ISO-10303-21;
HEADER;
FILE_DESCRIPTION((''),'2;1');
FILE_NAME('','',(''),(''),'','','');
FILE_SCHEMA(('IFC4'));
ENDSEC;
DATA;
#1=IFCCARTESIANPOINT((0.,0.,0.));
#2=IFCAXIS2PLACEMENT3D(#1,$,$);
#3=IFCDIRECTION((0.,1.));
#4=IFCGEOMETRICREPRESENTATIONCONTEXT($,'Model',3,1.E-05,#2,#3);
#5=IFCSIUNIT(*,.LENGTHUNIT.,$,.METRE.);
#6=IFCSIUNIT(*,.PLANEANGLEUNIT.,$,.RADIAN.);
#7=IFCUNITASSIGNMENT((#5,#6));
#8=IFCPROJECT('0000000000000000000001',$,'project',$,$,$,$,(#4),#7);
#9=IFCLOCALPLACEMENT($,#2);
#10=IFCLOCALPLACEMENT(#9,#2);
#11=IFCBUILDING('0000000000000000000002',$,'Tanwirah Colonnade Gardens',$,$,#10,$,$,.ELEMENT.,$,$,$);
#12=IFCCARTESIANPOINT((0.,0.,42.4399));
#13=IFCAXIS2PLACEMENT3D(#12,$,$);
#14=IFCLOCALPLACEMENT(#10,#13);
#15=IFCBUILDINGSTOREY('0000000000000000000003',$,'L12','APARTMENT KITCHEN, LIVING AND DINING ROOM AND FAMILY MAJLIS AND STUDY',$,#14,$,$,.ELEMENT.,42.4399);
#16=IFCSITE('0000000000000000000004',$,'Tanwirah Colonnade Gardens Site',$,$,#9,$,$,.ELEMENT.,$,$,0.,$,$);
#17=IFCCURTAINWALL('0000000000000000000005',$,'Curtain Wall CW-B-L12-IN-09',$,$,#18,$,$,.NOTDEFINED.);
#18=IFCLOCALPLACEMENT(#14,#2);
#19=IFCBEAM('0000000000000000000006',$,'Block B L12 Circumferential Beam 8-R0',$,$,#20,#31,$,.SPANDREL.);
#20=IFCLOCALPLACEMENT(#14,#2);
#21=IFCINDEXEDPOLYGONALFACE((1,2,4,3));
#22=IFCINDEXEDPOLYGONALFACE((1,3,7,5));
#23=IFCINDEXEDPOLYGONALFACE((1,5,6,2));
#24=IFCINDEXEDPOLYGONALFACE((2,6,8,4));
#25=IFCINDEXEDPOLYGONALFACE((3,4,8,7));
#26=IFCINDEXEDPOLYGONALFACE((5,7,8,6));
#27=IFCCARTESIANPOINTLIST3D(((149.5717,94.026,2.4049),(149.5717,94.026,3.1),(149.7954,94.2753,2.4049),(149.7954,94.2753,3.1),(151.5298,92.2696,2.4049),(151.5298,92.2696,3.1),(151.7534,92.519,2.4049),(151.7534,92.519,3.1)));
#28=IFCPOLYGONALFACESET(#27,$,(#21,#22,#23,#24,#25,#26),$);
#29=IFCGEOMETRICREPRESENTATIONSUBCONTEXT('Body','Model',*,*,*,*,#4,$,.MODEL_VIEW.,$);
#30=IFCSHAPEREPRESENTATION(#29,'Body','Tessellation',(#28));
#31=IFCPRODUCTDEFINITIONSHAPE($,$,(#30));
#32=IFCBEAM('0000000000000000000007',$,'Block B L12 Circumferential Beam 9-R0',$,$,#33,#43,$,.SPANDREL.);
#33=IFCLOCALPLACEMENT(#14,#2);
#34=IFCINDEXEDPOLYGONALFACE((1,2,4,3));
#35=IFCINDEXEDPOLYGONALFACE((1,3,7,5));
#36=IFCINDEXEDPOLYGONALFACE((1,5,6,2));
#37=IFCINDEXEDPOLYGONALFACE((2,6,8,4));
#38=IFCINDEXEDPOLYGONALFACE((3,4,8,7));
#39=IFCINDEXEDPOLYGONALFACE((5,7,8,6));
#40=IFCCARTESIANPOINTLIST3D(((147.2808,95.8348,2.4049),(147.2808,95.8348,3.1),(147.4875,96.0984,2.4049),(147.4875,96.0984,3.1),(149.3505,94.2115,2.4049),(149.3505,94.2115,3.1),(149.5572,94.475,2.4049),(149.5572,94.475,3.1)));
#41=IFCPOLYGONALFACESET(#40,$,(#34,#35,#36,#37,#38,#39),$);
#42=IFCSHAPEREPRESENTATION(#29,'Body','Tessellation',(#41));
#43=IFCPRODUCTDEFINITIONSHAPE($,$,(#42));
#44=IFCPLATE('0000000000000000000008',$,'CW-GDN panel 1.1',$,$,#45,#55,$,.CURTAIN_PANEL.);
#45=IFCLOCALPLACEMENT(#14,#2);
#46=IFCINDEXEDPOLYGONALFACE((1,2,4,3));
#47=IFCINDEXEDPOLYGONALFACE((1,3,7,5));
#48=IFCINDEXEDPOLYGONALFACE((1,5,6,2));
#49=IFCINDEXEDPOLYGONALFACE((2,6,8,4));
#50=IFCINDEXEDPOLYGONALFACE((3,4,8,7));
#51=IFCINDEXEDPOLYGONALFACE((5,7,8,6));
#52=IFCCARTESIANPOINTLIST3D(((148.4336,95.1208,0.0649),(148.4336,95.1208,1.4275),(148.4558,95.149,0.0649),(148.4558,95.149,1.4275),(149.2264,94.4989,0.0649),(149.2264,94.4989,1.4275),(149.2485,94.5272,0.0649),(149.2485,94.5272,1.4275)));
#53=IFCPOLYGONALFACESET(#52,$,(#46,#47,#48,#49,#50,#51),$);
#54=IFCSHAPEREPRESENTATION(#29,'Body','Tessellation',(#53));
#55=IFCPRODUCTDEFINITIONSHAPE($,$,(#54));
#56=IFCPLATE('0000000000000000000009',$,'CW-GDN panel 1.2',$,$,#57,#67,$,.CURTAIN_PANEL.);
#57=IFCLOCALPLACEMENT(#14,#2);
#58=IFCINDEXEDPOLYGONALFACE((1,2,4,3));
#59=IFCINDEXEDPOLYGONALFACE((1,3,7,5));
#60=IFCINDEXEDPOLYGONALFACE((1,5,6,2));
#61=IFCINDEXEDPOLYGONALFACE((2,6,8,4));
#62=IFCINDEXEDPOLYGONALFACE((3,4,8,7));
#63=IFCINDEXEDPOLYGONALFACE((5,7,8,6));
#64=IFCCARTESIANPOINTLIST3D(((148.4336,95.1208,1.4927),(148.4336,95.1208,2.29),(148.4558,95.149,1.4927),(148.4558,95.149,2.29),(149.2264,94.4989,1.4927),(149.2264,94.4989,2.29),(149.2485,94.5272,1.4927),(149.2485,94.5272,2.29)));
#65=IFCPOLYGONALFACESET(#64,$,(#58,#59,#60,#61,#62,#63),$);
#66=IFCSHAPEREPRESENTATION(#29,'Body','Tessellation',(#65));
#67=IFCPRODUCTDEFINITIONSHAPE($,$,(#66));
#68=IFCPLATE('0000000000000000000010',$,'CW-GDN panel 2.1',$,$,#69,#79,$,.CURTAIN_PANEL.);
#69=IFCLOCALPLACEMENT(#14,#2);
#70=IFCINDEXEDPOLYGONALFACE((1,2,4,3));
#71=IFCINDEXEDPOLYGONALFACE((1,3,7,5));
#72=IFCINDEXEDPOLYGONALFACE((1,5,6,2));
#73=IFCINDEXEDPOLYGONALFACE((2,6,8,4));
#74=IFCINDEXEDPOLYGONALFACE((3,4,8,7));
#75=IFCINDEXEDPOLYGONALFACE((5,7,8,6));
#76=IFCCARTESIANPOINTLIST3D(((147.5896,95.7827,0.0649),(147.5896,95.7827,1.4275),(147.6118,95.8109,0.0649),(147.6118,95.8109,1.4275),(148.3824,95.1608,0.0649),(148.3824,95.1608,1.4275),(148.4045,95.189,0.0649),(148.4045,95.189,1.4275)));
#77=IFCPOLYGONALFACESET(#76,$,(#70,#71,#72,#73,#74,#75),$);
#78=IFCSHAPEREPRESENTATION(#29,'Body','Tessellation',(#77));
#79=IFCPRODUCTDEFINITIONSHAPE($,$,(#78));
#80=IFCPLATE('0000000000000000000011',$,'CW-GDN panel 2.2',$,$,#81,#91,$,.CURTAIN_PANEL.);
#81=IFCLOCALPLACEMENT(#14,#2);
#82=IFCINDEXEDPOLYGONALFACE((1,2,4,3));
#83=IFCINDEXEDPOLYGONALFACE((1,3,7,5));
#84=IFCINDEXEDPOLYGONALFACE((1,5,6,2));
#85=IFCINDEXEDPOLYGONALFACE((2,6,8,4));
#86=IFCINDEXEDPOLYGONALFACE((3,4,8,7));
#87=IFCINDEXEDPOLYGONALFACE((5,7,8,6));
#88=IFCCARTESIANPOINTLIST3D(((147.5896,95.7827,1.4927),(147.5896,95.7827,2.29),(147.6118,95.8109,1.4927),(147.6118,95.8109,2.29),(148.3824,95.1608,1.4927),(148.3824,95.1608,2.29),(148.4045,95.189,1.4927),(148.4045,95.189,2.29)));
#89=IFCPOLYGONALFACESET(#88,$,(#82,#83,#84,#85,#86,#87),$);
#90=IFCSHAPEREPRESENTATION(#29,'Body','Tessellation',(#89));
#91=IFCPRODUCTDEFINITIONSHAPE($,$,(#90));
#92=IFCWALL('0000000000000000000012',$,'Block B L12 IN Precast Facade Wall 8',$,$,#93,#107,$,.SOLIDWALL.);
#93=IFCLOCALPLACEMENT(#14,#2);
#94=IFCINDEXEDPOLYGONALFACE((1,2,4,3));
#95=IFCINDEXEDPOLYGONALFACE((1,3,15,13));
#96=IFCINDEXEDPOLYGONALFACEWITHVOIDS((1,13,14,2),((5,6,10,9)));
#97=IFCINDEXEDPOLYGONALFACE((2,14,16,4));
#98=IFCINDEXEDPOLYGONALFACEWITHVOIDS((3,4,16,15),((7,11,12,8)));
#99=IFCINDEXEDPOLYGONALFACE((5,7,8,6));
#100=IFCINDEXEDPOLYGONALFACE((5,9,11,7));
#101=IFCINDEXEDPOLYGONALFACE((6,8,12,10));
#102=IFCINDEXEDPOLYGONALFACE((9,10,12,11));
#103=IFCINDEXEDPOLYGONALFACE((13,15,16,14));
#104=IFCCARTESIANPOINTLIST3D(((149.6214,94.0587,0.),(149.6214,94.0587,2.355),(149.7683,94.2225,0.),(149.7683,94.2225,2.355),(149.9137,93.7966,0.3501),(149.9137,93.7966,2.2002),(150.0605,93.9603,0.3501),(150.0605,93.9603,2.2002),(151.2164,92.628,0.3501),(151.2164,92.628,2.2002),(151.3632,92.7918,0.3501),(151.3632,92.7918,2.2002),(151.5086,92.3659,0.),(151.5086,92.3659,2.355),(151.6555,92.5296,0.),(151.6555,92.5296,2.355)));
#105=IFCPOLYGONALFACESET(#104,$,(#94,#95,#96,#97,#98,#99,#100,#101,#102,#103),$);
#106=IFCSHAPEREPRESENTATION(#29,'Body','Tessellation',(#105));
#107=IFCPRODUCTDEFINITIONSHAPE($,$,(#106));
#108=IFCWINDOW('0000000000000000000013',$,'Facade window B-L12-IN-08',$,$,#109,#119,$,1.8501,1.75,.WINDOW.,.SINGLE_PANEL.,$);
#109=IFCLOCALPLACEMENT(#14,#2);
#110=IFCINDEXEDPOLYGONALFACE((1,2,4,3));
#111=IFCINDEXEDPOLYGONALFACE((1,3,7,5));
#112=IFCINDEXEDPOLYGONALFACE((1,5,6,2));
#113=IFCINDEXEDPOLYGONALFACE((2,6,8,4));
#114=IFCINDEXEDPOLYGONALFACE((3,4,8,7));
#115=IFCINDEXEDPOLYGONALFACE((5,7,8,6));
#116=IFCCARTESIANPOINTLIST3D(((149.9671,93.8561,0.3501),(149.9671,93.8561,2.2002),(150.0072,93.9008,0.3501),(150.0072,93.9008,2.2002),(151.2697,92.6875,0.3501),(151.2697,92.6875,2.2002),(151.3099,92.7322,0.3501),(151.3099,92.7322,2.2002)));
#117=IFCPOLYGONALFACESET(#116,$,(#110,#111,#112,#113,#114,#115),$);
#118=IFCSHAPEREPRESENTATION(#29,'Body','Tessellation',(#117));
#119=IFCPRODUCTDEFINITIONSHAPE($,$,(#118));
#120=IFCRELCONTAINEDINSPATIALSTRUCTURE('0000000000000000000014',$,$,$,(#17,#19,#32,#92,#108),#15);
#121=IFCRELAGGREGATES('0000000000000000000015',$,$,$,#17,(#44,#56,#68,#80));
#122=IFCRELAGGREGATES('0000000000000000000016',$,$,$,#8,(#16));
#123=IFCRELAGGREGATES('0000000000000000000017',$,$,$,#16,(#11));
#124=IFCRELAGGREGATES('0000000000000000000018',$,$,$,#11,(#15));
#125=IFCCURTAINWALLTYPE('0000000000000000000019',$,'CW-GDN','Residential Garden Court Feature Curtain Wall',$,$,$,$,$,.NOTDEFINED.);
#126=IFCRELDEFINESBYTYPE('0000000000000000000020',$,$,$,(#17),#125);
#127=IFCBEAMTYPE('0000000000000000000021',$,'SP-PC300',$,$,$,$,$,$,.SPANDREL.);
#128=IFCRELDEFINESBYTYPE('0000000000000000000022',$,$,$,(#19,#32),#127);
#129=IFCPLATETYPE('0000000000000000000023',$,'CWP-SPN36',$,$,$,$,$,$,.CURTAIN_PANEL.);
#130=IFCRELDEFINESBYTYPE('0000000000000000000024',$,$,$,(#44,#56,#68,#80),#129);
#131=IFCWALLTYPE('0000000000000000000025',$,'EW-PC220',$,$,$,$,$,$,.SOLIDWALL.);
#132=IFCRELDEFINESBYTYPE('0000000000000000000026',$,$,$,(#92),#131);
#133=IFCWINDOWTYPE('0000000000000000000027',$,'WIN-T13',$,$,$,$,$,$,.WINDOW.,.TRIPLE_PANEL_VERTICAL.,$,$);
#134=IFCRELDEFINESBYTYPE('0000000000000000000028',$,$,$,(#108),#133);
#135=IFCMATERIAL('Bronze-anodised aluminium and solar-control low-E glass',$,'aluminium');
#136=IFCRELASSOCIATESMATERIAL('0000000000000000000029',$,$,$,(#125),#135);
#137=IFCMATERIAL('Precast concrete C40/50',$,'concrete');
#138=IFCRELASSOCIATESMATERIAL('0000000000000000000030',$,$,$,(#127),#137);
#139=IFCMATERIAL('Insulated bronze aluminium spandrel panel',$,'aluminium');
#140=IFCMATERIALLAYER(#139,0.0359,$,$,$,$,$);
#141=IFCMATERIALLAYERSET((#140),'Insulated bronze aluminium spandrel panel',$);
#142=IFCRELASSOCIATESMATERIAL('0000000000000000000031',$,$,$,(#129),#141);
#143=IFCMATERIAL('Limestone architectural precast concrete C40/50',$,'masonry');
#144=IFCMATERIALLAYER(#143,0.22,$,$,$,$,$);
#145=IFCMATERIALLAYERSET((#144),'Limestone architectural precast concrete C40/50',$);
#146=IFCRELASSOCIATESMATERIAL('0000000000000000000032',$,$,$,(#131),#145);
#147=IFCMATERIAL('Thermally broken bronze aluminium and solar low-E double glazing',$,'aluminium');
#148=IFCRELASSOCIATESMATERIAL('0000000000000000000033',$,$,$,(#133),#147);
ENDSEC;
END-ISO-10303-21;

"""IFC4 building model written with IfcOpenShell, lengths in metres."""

from ifc_helpers import new_model, si_unit, direction, frame, frame_2d, origin, origin_2d, place, context, subcontext, project, spatial, rectangle, extrude, material, layer, layer_set, material_profile, profile_set, type_object, element, fill, aggregate, save


model = new_model("IFC4")

# Units and contexts
model_context = context("Model", 3, precision=1e-05, world=origin(), true_north=direction((0.0, 1.0)))
body_context = subcontext(model_context, "Body", "Model", "MODEL_VIEW")
ifc_project = project(units=[si_unit("LENGTHUNIT", "METRE"), si_unit("PLANEANGLEUNIT", "RADIAN")], contexts=[model_context])

# Site, building, storey
site_placement = place(None, origin())
site = spatial("IfcSite", under=ifc_project, at=site_placement, Name="Tanwirah Colonnade Gardens Site", CompositionType="ELEMENT", RefElevation=0.0)
building_placement = place(site_placement, origin())
building = spatial("IfcBuilding", under=site, at=building_placement, Name="Tanwirah Colonnade Gardens", CompositionType="ELEMENT")
storey_placement = place(building_placement, frame((0.0, 0.0, 42.4399)))
storey = spatial("IfcBuildingStorey", under=building, at=storey_placement, Name="L12", Description="APARTMENT KITCHEN, LIVING AND DINING ROOM AND FAMILY MAJLIS AND STUDY", CompositionType="ELEMENT", Elevation=42.4399)

# Shared definitions
ifc_material_1 = material(Name="Precast concrete C40/50", Category="concrete")

# Curtain wall
ifc_material_2 = material(Name="Bronze-anodised aluminium and solar-control low-E glass", Category="aluminium")
curtain_wall_type = type_object("IfcCurtainWallType", Name="CW-GDN", Description="Residential Garden Court Feature Curtain Wall", PredefinedType="NOTDEFINED", material=ifc_material_2)
curtain_wall_placement = place(storey_placement, origin())
curtain_wall = element("IfcCurtainWall", 1, at=curtain_wall_placement, inside=storey, type_object=curtain_wall_type, Name="Curtain Wall CW-B-L12-IN-09", PredefinedType="NOTDEFINED")

# Beams
ifc_material_profile_1 = material_profile(ifc_material_1, rectangle(XDim=0.335, YDim=0.6951, at=origin_2d()), Name="PC-SP 335x695")
ifc_profile_set_1 = profile_set([ifc_material_profile_1], Name="Precast concrete C40/50")
beam_type_1 = type_object("IfcBeamType", Name="SP-PC300", PredefinedType="SPANDREL", material=ifc_profile_set_1)
for number, where, z_axis, x_axis, name in (
    (2, (151.6416, 92.3943, 2.7524), (-0.744401, 0.667733, 0.0), (-0.667733, -0.744401, 0.0), "Block B L12 Circumferential Beam 8-R0"),
    (3, (149.4539, 94.3433, 2.7524), (-0.786837, 0.617161, 0.0), (-0.617161, -0.786837, 0.0), "Block B L12 Circumferential Beam 9-R0"),
):
    element("IfcBeam", number, at=place(storey_placement, frame(where, z_axis=z_axis, x_axis=x_axis)), inside=storey, type_object=beam_type_1, Name=name, PredefinedType="SPANDREL", context=body_context, shape_type="SweptSolid", body=[
        extrude(rectangle(XDim=0.335, YDim=0.6951, at=origin_2d()), origin(), (0.0, 0.0, 1.0), 2.6304),
    ])

# Plates
ifc_material_3 = material(Name="Insulated bronze aluminium spandrel panel", Category="aluminium")
ifc_layer_1 = layer(ifc_material_3, 0.0359)
ifc_layer_set_1 = layer_set([ifc_layer_1], Name="Insulated bronze aluminium spandrel panel")
plate_type = type_object("IfcPlateType", Name="CWP-SPN36", PredefinedType="CURTAIN_PANEL", material=ifc_layer_set_1)
plate_1_placement = place(storey_placement, frame((148.8411, 94.824, 0.0649), z_axis=(0.0, 0.0, 1.0), x_axis=(-0.786815, 0.617189, 0.0)))
plate_1 = element("IfcPlate", 4, at=plate_1_placement, type_object=plate_type, Name="CW-GDN panel 1.1", PredefinedType="CURTAIN_PANEL", context=body_context, shape_type="SweptSolid", body=[
    extrude(rectangle(XDim=1.0076, YDim=0.0359, at=origin_2d()), origin(), (0.0, 0.0, 1.0), 1.3625),
])
plate_2_placement = place(storey_placement, frame((148.8411, 94.824, 1.4927), z_axis=(0.0, 0.0, 1.0), x_axis=(-0.786815, 0.617189, 0.0)))
plate_2 = element("IfcPlate", 5, at=plate_2_placement, type_object=plate_type, Name="CW-GDN panel 1.2", PredefinedType="CURTAIN_PANEL", context=body_context, shape_type="SweptSolid", body=[
    extrude(rectangle(XDim=1.0076, YDim=0.0359, at=origin_2d()), origin(), (0.0, 0.0, 1.0), 0.7974),
])
plate_3_placement = place(storey_placement, frame((147.9971, 95.4858, 0.0649), z_axis=(0.0, 0.0, 1.0), x_axis=(-0.786815, 0.617189, 0.0)))
plate_3 = element("IfcPlate", 6, at=plate_3_placement, type_object=plate_type, Name="CW-GDN panel 2.1", PredefinedType="CURTAIN_PANEL", context=body_context, shape_type="SweptSolid", body=[
    extrude(rectangle(XDim=1.0076, YDim=0.0359, at=origin_2d()), origin(), (0.0, 0.0, 1.0), 1.3625),
])
plate_4_placement = place(storey_placement, frame((147.9971, 95.4858, 1.4927), z_axis=(0.0, 0.0, 1.0), x_axis=(-0.786815, 0.617189, 0.0)))
plate_4 = element("IfcPlate", 7, at=plate_4_placement, type_object=plate_type, Name="CW-GDN panel 2.2", PredefinedType="CURTAIN_PANEL", context=body_context, shape_type="SweptSolid", body=[
    extrude(rectangle(XDim=1.0076, YDim=0.0359, at=origin_2d()), origin(), (0.0, 0.0, 1.0), 0.7974),
])
aggregate(curtain_wall, [plate_1, plate_2, plate_3, plate_4])

# Wall, opening, window
ifc_material_4 = material(Name="Limestone architectural precast concrete C40/50", Category="masonry")
ifc_layer_2 = layer(ifc_material_4, 0.22)
ifc_layer_set_2 = layer_set([ifc_layer_2], Name="Limestone architectural precast concrete C40/50")
wall_type = type_object("IfcWallType", Name="EW-PC220", PredefinedType="SOLIDWALL", material=ifc_layer_set_2)
wall_placement = place(storey_placement, frame((151.582, 92.4478, 0.0), z_axis=(0.0, 0.0, 1.0), x_axis=(-0.744394, 0.66774, 0.0)))
wall = element("IfcWall", 8, at=wall_placement, inside=storey, type_object=wall_type, Name="Block B L12 IN Precast Facade Wall 8", PredefinedType="SOLIDWALL", context=body_context, shape_type="SweptSolid", body=[
    extrude(rectangle(XDim=2.5352, YDim=0.22, at=frame_2d((1.2676, 0.0))), origin(), (0.0, 0.0, 1.0), 2.355),
])
opening_placement = place(wall_placement, frame((0.3926, 0.0, 0.3501)))
opening = element("IfcOpeningElement", 9, at=opening_placement, cuts=wall, PredefinedType="OPENING", context=body_context, shape_type="SweptSolid", body=[
    extrude(rectangle(XDim=1.75, YDim=1.8501, at=frame_2d((0.875, 0.925))), frame((0.0, 0.1199, 0.0), z_axis=(0.0, -1.0, 0.0), x_axis=(1.0, 0.0, 0.0)), (0.0, 0.0, 1.0), 0.24),
])
ifc_material_5 = material(Name="Thermally broken bronze aluminium and solar low-E double glazing", Category="aluminium")
window_type = type_object("IfcWindowType", Name="WIN-T13", PartitioningType="TRIPLE_PANEL_VERTICAL", PredefinedType="WINDOW", material=ifc_material_5)
window_placement = place(opening_placement, origin())
window = element("IfcWindow", 10, at=window_placement, inside=storey, type_object=window_type, Name="Facade window B-L12-IN-08", OverallHeight=1.8501, OverallWidth=1.75, PartitioningType="SINGLE_PANEL", PredefinedType="WINDOW", context=body_context, shape_type="SweptSolid", body=[
    extrude(rectangle(XDim=1.75, YDim=1.8501, at=frame_2d((0.875, 0.925))), frame((0.0, 0.03, 0.0), z_axis=(0.0, -1.0, 0.0), x_axis=(1.0, 0.0, 0.0)), (0.0, 0.0, 1.0), 0.0601),
])
fill(opening, window)

save(model, "model.ifc")
